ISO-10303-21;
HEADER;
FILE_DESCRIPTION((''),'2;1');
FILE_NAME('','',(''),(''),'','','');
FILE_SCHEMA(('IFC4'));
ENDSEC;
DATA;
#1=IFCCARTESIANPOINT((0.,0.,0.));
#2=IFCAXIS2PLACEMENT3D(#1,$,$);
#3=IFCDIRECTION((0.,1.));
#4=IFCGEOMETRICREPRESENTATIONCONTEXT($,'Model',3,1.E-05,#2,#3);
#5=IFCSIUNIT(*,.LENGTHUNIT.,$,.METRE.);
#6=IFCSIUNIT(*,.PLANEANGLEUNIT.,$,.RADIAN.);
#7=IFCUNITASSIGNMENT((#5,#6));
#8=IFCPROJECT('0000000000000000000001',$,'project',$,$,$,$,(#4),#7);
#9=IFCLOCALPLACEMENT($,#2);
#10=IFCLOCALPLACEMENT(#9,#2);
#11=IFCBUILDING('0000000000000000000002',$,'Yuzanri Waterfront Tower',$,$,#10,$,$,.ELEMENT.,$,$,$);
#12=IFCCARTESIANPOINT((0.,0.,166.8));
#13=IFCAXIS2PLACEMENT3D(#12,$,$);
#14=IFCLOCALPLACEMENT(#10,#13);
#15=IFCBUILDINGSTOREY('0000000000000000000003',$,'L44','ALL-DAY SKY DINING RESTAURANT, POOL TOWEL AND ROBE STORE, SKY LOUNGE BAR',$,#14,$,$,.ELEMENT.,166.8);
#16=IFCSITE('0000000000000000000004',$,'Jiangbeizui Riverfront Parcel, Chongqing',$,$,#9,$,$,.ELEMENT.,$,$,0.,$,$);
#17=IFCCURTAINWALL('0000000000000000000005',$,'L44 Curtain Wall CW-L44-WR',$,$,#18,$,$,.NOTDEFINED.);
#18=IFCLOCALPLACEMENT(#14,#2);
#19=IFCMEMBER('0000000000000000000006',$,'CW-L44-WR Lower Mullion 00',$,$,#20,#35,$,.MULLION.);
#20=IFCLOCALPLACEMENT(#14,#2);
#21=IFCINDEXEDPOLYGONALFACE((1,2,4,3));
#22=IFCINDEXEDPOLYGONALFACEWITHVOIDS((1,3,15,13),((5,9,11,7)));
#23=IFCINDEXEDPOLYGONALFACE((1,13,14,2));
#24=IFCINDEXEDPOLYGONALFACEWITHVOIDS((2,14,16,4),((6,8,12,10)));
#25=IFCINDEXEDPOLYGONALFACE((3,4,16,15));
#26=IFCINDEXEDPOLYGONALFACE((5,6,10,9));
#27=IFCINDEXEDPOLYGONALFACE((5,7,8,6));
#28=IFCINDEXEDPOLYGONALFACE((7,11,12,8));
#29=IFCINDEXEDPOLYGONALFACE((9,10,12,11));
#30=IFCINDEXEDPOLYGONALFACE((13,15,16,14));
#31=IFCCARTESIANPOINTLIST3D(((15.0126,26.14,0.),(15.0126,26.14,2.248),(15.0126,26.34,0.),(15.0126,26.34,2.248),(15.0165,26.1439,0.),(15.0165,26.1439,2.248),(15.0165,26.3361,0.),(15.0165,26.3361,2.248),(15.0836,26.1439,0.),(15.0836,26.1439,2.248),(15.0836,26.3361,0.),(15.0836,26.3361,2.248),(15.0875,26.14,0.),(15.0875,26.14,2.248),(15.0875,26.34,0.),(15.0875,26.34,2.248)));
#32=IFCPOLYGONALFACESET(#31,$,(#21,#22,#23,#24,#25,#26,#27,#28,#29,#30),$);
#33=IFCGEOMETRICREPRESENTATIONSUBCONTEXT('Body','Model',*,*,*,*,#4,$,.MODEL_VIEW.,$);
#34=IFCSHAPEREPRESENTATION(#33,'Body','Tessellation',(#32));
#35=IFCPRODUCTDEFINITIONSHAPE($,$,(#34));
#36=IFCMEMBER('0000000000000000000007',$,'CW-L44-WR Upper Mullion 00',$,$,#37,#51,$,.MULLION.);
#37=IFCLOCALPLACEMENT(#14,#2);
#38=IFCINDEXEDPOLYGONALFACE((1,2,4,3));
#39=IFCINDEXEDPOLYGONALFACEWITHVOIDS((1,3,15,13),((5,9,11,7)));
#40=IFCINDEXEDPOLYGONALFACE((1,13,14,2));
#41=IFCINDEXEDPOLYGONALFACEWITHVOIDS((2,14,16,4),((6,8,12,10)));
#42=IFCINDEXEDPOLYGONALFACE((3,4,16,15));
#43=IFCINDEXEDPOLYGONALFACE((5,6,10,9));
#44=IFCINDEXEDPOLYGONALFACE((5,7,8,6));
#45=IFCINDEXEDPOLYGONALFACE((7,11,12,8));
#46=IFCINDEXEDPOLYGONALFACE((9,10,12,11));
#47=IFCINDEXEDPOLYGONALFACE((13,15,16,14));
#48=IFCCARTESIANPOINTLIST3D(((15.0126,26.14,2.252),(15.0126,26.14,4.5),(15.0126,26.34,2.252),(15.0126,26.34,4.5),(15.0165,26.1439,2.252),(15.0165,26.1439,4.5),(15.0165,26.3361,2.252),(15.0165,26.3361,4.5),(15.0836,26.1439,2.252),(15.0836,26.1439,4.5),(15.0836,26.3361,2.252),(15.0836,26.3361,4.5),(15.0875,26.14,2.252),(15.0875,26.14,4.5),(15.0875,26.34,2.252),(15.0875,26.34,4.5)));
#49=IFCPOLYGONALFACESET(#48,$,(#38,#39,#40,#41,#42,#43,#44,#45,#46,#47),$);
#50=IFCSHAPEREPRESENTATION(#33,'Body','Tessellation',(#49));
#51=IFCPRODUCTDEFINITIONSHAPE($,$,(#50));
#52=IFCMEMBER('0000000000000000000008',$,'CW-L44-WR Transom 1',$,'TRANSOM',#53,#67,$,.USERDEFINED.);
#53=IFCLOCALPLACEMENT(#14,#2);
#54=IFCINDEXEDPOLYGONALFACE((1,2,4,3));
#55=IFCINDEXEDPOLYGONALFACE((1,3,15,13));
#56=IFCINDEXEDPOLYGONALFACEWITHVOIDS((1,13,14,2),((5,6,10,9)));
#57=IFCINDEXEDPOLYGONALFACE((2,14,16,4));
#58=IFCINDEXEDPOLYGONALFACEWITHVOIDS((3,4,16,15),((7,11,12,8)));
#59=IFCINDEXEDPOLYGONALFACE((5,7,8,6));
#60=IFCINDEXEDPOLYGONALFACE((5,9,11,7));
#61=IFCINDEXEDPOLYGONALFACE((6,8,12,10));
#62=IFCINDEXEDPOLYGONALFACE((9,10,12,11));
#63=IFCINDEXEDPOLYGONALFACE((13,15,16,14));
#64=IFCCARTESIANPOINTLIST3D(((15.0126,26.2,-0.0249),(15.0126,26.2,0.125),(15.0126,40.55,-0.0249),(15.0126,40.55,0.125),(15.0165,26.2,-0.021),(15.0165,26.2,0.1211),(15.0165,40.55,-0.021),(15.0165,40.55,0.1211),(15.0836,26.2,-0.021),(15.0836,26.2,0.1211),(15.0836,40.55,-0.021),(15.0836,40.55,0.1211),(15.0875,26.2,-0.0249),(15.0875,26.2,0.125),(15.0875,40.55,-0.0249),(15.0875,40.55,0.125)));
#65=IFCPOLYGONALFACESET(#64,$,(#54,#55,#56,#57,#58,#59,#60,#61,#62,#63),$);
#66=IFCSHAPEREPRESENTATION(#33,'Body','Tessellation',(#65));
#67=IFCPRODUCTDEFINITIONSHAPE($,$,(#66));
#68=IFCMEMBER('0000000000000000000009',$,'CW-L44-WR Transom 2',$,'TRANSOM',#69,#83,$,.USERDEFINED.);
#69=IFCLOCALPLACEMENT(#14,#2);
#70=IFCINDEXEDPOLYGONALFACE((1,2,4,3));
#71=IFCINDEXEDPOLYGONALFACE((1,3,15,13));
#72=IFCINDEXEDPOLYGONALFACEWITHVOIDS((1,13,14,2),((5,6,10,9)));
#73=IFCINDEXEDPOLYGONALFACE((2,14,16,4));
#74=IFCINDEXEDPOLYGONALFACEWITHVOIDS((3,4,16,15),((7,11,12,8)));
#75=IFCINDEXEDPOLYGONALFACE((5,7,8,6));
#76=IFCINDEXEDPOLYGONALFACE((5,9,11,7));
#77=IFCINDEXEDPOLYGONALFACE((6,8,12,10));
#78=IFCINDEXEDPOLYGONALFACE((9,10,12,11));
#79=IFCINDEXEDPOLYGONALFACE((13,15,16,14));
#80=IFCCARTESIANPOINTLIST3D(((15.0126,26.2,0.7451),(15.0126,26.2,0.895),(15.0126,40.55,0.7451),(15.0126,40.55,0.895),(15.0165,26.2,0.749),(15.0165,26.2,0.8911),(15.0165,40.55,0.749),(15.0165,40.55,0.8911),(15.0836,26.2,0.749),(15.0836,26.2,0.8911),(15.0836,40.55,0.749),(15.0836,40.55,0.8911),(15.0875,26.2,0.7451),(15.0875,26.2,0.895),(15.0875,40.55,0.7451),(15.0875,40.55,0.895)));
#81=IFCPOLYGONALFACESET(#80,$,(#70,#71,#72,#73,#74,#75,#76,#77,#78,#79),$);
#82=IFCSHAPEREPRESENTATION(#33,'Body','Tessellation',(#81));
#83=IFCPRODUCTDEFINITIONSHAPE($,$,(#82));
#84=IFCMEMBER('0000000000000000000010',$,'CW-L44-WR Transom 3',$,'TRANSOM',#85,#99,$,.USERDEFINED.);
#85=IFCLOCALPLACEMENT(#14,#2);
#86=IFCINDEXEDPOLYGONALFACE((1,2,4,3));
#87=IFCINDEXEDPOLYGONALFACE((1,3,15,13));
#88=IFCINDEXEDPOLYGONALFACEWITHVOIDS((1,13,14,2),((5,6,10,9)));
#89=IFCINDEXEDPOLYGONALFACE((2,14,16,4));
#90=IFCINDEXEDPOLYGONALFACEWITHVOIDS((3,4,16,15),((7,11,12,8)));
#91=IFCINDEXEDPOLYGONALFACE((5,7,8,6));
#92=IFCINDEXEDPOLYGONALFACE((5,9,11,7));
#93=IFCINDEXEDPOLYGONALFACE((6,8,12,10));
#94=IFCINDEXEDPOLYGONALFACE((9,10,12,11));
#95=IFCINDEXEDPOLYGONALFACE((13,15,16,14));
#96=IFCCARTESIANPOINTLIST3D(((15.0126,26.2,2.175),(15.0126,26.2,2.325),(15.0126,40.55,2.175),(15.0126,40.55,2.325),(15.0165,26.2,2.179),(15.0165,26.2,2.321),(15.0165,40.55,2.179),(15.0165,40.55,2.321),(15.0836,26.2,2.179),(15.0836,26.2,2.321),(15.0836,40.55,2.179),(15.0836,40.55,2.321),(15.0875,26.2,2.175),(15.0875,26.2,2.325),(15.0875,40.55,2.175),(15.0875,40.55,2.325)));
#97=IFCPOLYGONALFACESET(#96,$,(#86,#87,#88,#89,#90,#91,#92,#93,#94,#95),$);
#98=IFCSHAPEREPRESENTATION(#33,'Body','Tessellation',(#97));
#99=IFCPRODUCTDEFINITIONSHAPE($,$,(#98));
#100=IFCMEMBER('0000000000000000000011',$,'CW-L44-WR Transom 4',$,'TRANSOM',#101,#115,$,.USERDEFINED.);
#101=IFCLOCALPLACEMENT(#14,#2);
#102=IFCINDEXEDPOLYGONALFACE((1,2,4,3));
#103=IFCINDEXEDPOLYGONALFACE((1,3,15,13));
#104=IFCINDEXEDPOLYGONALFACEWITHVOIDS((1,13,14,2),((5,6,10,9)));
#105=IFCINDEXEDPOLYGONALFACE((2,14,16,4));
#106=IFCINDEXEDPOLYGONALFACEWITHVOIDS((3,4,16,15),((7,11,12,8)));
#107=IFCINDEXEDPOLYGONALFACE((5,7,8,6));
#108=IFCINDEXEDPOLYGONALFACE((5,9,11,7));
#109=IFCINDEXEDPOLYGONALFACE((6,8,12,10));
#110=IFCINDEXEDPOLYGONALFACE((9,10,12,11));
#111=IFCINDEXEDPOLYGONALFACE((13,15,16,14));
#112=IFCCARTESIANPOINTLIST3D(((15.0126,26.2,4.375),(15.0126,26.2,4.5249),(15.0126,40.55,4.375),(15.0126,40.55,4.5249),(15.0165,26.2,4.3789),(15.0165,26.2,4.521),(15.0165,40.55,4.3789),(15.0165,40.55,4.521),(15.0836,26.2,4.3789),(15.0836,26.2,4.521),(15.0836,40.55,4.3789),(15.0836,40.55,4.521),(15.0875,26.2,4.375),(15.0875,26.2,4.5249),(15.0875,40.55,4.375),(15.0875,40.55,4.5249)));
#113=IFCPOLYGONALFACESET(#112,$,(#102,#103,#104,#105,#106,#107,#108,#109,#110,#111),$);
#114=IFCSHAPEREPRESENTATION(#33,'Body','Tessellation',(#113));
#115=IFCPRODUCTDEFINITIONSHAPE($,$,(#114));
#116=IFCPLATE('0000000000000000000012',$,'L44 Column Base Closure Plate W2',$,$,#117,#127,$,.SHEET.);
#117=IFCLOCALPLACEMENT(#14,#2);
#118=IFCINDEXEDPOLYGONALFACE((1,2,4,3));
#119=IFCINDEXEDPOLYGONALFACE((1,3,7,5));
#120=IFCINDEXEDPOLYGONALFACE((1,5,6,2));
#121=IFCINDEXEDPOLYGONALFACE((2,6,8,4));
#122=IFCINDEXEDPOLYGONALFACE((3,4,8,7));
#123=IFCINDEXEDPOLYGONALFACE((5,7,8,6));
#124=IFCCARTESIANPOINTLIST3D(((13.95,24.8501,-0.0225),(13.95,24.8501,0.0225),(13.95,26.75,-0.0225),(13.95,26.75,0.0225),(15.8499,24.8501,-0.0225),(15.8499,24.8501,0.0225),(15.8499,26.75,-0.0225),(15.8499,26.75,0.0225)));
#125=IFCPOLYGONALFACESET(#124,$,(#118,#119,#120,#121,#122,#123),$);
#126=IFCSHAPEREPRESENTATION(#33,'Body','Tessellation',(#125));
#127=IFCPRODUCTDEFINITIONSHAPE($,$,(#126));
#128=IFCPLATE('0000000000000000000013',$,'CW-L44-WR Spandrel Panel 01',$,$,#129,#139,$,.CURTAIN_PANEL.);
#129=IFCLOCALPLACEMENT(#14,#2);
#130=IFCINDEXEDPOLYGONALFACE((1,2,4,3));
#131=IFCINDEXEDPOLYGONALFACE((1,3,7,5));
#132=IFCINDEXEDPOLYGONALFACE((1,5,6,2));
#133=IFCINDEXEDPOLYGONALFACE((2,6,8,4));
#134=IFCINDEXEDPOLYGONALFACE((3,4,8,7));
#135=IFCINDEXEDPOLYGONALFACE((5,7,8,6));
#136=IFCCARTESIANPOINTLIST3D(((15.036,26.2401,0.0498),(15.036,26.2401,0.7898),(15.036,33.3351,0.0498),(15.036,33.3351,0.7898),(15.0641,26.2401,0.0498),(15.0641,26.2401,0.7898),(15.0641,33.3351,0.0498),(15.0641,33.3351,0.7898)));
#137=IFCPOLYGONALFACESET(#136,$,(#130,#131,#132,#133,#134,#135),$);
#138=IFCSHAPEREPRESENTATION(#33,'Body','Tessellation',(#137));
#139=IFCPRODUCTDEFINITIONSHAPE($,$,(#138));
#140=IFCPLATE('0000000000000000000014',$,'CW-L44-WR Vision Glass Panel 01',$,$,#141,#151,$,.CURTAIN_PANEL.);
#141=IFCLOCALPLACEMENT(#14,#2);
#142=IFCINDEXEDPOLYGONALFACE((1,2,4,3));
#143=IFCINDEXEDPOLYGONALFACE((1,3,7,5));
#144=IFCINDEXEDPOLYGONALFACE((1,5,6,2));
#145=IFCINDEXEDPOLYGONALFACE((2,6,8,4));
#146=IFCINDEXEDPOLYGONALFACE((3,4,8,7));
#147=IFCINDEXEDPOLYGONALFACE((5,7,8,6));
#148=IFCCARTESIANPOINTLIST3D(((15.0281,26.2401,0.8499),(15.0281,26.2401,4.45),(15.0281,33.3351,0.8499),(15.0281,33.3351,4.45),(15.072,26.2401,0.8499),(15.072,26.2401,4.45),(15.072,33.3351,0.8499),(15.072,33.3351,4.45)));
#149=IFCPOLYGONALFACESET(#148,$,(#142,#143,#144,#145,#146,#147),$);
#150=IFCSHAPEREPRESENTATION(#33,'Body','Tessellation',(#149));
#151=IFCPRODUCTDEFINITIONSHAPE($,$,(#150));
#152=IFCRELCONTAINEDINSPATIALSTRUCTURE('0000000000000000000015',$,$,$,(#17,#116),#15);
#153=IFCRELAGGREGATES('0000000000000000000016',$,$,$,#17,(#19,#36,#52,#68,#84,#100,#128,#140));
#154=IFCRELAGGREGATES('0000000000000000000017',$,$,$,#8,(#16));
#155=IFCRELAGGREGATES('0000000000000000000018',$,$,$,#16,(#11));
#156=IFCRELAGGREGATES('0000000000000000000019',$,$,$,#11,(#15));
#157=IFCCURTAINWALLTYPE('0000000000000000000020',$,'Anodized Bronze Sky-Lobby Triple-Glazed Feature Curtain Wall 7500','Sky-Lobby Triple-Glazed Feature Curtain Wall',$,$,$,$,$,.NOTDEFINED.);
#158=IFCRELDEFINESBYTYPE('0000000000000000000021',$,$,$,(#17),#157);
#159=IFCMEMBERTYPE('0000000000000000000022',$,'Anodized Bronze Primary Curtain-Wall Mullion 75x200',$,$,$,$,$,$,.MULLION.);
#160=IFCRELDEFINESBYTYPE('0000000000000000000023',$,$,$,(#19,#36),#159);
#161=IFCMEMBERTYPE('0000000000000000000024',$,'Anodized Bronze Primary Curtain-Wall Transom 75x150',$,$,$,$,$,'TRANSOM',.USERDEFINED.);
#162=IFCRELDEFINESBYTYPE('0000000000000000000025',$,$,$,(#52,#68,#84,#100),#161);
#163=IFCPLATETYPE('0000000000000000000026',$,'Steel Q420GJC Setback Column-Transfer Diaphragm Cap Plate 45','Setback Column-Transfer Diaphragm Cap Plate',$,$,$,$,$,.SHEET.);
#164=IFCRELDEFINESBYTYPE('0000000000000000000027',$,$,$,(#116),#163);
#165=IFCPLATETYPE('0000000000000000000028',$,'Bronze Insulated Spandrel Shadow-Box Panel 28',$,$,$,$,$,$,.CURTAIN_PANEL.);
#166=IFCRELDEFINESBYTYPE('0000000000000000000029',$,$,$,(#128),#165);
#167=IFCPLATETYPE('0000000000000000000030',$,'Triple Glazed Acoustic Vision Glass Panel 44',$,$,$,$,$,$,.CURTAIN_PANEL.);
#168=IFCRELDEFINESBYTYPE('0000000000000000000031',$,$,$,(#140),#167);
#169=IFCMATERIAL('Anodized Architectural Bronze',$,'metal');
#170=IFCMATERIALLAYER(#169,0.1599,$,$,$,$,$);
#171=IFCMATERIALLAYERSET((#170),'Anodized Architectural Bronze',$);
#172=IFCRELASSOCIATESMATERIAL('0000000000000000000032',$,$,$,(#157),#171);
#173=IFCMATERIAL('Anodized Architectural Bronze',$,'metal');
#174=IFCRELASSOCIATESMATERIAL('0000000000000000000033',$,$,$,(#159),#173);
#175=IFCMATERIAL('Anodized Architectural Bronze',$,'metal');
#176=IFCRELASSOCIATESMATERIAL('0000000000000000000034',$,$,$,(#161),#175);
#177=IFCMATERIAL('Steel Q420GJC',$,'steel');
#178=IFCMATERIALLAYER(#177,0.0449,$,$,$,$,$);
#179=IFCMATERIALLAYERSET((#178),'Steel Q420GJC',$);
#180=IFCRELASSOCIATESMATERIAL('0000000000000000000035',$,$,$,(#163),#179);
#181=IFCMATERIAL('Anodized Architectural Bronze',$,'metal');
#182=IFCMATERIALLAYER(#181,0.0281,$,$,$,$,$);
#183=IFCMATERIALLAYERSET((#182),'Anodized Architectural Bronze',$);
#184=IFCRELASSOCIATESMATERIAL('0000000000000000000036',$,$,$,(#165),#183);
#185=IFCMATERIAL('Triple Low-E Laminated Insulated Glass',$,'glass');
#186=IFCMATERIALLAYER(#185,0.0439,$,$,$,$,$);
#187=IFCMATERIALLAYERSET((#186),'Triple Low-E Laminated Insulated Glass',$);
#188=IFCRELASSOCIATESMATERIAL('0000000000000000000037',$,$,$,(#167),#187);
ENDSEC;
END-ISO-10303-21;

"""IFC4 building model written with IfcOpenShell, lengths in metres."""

from ifc_helpers import new_model, si_unit, direction, frame, origin, origin_2d, place, context, subcontext, project, spatial, rectangle, hollow_rectangle, extrude, source, transform, mapped, material, layer, layer_set, material_profile, profile_set, type_object, element, aggregate, save


model = new_model("IFC4")

# Units and contexts
model_context = context("Model", 3, precision=1e-05, world=origin(), true_north=direction((0.0, 1.0)))
body_context = subcontext(model_context, "Body", "Model", "MODEL_VIEW")
ifc_project = project(units=[si_unit("LENGTHUNIT", "METRE"), si_unit("PLANEANGLEUNIT", "RADIAN")], contexts=[model_context])

# Site, building, storey
site_placement = place(None, origin())
site = spatial("IfcSite", under=ifc_project, at=site_placement, Name="Jiangbeizui Riverfront Parcel, Chongqing", CompositionType="ELEMENT", RefElevation=0.0)
building_placement = place(site_placement, origin())
building = spatial("IfcBuilding", under=site, at=building_placement, Name="Yuzanri Waterfront Tower", CompositionType="ELEMENT")
storey_placement = place(building_placement, frame((0.0, 0.0, 166.8)))
storey = spatial("IfcBuildingStorey", under=building, at=storey_placement, Name="L44", Description="ALL-DAY SKY DINING RESTAURANT, POOL TOWEL AND ROBE STORE, SKY LOUNGE BAR", CompositionType="ELEMENT", Elevation=166.8)

# Curtain wall, members
ifc_material_1 = material(Name="Anodized Architectural Bronze", Category="metal")
ifc_layer_1 = layer(ifc_material_1, 0.1599)
ifc_layer_set_1 = layer_set([ifc_layer_1], Name="Anodized Architectural Bronze")
curtain_wall_type = type_object("IfcCurtainWallType", Name="Anodized Bronze Sky-Lobby Triple-Glazed Feature Curtain Wall 7500", Description="Sky-Lobby Triple-Glazed Feature Curtain Wall", PredefinedType="NOTDEFINED", material=ifc_layer_set_1)
ifc_material_2 = material(Name="Anodized Architectural Bronze", Category="metal")
ifc_material_profile_1 = material_profile(ifc_material_2, hollow_rectangle(XDim=0.075, YDim=0.2, WallThickness=0.0039, at=origin_2d()), Name="CWM 75x200")
ifc_profile_set_1 = profile_set([ifc_material_profile_1], Name="Anodized Architectural Bronze")
member_type_1 = type_object("IfcMemberType", Name="Anodized Bronze Primary Curtain-Wall Mullion 75x200", PredefinedType="MULLION", material=ifc_profile_set_1)
shared_shape_1 = source(origin(), body_context, "Body", "SweptSolid", [
    extrude(hollow_rectangle(XDim=0.075, YDim=0.2, WallThickness=0.0039, at=origin_2d()), origin(), (0.0, 0.0, 1.0), 2.248),
])
curtain_wall_1_placement = place(storey_placement, origin())
curtain_wall_1 = element("IfcCurtainWall", 1, at=curtain_wall_1_placement, inside=storey, type_object=curtain_wall_type, Name="L44 Curtain Wall CW-L44-WR", PredefinedType="NOTDEFINED")
member_1_placement = place(storey_placement, frame((15.05, 26.24, 0.0), z_axis=(0.0, 0.0, 1.0), x_axis=(1.0, 0.0, 0.0)))
member_1 = element("IfcMember", 2, at=member_1_placement, type_object=member_type_1, Name="CW-L44-WR Lower Mullion 00", PredefinedType="MULLION", context=body_context, shape_type="MappedRepresentation", body=[
    mapped(shared_shape_1, transform((0.0, 0.0, 0.0), scale=1.0)),
])
member_2_placement = place(storey_placement, frame((15.05, 26.24, 2.252), z_axis=(0.0, 0.0, 1.0), x_axis=(1.0, 0.0, 0.0)))
member_2 = element("IfcMember", 3, at=member_2_placement, type_object=member_type_1, Name="CW-L44-WR Upper Mullion 00", PredefinedType="MULLION", context=body_context, shape_type="MappedRepresentation", body=[
    mapped(shared_shape_1, transform((0.0, 0.0, 0.0), scale=1.0)),
])
ifc_material_3 = material(Name="Anodized Architectural Bronze", Category="metal")
ifc_material_profile_2 = material_profile(ifc_material_3, hollow_rectangle(XDim=0.075, YDim=0.1499, WallThickness=0.0039, at=origin_2d()), Name="CWT 75x150")
ifc_profile_set_2 = profile_set([ifc_material_profile_2], Name="Anodized Architectural Bronze")
member_type_2 = type_object("IfcMemberType", Name="Anodized Bronze Primary Curtain-Wall Transom 75x150", ElementType="TRANSOM", PredefinedType="USERDEFINED", material=ifc_profile_set_2)
shared_shape_2 = source(origin(), body_context, "Body", "SweptSolid", [
    extrude(hollow_rectangle(XDim=0.075, YDim=0.1499, WallThickness=0.0039, at=origin_2d()), origin(), (0.0, 0.0, 1.0), 14.3501),
])
member_3_placement = place(storey_placement, frame((15.05, 26.2, 0.05), z_axis=(0.0, 1.0, 0.0), x_axis=(-1.0, 0.0, 0.0)))
member_3 = element("IfcMember", 4, at=member_3_placement, type_object=member_type_2, Name="CW-L44-WR Transom 1", ObjectType="TRANSOM", PredefinedType="USERDEFINED", context=body_context, shape_type="MappedRepresentation", body=[
    mapped(shared_shape_2, transform((0.0, 0.0, 0.0), scale=1.0)),
])
member_4_placement = place(storey_placement, frame((15.05, 26.2, 0.8201), z_axis=(0.0, 1.0, 0.0), x_axis=(-1.0, 0.0, 0.0)))
member_4 = element("IfcMember", 5, at=member_4_placement, type_object=member_type_2, Name="CW-L44-WR Transom 2", ObjectType="TRANSOM", PredefinedType="USERDEFINED", context=body_context, shape_type="MappedRepresentation", body=[
    mapped(shared_shape_2, transform((0.0, 0.0, 0.0), scale=1.0)),
])
member_5_placement = place(storey_placement, frame((15.05, 26.2, 2.25), z_axis=(0.0, 1.0, 0.0), x_axis=(-1.0, 0.0, 0.0)))
member_5 = element("IfcMember", 6, at=member_5_placement, type_object=member_type_2, Name="CW-L44-WR Transom 3", ObjectType="TRANSOM", PredefinedType="USERDEFINED", context=body_context, shape_type="MappedRepresentation", body=[
    mapped(shared_shape_2, transform((0.0, 0.0, 0.0), scale=1.0)),
])
member_6_placement = place(storey_placement, frame((15.05, 26.2, 4.45), z_axis=(0.0, 1.0, 0.0), x_axis=(-1.0, 0.0, 0.0)))
member_6 = element("IfcMember", 7, at=member_6_placement, type_object=member_type_2, Name="CW-L44-WR Transom 4", ObjectType="TRANSOM", PredefinedType="USERDEFINED", context=body_context, shape_type="MappedRepresentation", body=[
    mapped(shared_shape_2, transform((0.0, 0.0, 0.0), scale=1.0)),
])

# Plates
ifc_material_4 = material(Name="Steel Q420GJC", Category="steel")
ifc_layer_2 = layer(ifc_material_4, 0.0449)
ifc_layer_set_2 = layer_set([ifc_layer_2], Name="Steel Q420GJC")
plate_type_1 = type_object("IfcPlateType", Name="Steel Q420GJC Setback Column-Transfer Diaphragm Cap Plate 45", Description="Setback Column-Transfer Diaphragm Cap Plate", PredefinedType="SHEET", material=ifc_layer_set_2)
shared_shape_3 = source(origin(), body_context, "Body", "SweptSolid", [
    extrude(rectangle(XDim=1.8999, YDim=1.8999, at=origin_2d()), origin(), (0.0, 0.0, 1.0), 0.0449),
])
plate_1_placement = place(storey_placement, frame((14.8999, 25.8, -0.0225), z_axis=(0.0, 0.0, 1.0), x_axis=(1.0, 0.0, 0.0)))
element("IfcPlate", 8, at=plate_1_placement, inside=storey, type_object=plate_type_1, Name="L44 Column Base Closure Plate W2", PredefinedType="SHEET", context=body_context, shape_type="MappedRepresentation", body=[
    mapped(shared_shape_3, transform((0.0, 0.0, 0.0), scale=1.0)),
])
ifc_material_5 = material(Name="Anodized Architectural Bronze", Category="metal")
ifc_layer_3 = layer(ifc_material_5, 0.0281)
ifc_layer_set_3 = layer_set([ifc_layer_3], Name="Anodized Architectural Bronze")
plate_type_2 = type_object("IfcPlateType", Name="Bronze Insulated Spandrel Shadow-Box Panel 28", PredefinedType="CURTAIN_PANEL", material=ifc_layer_set_3)
shared_shape_4 = source(origin(), body_context, "Body", "SweptSolid", [
    extrude(rectangle(XDim=7.095, YDim=0.0281, at=origin_2d()), origin(), (0.0, 0.0, 1.0), 0.74),
])
plate_2_placement = place(storey_placement, frame((15.05, 29.7876, 0.0498), z_axis=(0.0, 0.0, 1.0), x_axis=(0.0, 1.0, 0.0)))
plate_2 = element("IfcPlate", 9, at=plate_2_placement, type_object=plate_type_2, Name="CW-L44-WR Spandrel Panel 01", PredefinedType="CURTAIN_PANEL", context=body_context, shape_type="MappedRepresentation", body=[
    mapped(shared_shape_4, transform((0.0, 0.0, 0.0), scale=1.0)),
])
ifc_material_6 = material(Name="Triple Low-E Laminated Insulated Glass", Category="glass")
ifc_layer_4 = layer(ifc_material_6, 0.0439)
ifc_layer_set_4 = layer_set([ifc_layer_4], Name="Triple Low-E Laminated Insulated Glass")
plate_type_3 = type_object("IfcPlateType", Name="Triple Glazed Acoustic Vision Glass Panel 44", PredefinedType="CURTAIN_PANEL", material=ifc_layer_set_4)
shared_shape_5 = source(origin(), body_context, "Body", "SweptSolid", [
    extrude(rectangle(XDim=7.095, YDim=0.0439, at=origin_2d()), origin(), (0.0, 0.0, 1.0), 3.6001),
])
plate_3_placement = place(storey_placement, frame((15.05, 29.7876, 0.8499), z_axis=(0.0, 0.0, 1.0), x_axis=(0.0, 1.0, 0.0)))
plate_3 = element("IfcPlate", 10, at=plate_3_placement, type_object=plate_type_3, Name="CW-L44-WR Vision Glass Panel 01", PredefinedType="CURTAIN_PANEL", context=body_context, shape_type="MappedRepresentation", body=[
    mapped(shared_shape_5, transform((0.0, 0.0, 0.0), scale=1.0)),
])
aggregate(curtain_wall_1, [member_1, member_2, member_3, member_4, member_5, member_6, plate_2, plate_3])

save(model, "model.ifc")
